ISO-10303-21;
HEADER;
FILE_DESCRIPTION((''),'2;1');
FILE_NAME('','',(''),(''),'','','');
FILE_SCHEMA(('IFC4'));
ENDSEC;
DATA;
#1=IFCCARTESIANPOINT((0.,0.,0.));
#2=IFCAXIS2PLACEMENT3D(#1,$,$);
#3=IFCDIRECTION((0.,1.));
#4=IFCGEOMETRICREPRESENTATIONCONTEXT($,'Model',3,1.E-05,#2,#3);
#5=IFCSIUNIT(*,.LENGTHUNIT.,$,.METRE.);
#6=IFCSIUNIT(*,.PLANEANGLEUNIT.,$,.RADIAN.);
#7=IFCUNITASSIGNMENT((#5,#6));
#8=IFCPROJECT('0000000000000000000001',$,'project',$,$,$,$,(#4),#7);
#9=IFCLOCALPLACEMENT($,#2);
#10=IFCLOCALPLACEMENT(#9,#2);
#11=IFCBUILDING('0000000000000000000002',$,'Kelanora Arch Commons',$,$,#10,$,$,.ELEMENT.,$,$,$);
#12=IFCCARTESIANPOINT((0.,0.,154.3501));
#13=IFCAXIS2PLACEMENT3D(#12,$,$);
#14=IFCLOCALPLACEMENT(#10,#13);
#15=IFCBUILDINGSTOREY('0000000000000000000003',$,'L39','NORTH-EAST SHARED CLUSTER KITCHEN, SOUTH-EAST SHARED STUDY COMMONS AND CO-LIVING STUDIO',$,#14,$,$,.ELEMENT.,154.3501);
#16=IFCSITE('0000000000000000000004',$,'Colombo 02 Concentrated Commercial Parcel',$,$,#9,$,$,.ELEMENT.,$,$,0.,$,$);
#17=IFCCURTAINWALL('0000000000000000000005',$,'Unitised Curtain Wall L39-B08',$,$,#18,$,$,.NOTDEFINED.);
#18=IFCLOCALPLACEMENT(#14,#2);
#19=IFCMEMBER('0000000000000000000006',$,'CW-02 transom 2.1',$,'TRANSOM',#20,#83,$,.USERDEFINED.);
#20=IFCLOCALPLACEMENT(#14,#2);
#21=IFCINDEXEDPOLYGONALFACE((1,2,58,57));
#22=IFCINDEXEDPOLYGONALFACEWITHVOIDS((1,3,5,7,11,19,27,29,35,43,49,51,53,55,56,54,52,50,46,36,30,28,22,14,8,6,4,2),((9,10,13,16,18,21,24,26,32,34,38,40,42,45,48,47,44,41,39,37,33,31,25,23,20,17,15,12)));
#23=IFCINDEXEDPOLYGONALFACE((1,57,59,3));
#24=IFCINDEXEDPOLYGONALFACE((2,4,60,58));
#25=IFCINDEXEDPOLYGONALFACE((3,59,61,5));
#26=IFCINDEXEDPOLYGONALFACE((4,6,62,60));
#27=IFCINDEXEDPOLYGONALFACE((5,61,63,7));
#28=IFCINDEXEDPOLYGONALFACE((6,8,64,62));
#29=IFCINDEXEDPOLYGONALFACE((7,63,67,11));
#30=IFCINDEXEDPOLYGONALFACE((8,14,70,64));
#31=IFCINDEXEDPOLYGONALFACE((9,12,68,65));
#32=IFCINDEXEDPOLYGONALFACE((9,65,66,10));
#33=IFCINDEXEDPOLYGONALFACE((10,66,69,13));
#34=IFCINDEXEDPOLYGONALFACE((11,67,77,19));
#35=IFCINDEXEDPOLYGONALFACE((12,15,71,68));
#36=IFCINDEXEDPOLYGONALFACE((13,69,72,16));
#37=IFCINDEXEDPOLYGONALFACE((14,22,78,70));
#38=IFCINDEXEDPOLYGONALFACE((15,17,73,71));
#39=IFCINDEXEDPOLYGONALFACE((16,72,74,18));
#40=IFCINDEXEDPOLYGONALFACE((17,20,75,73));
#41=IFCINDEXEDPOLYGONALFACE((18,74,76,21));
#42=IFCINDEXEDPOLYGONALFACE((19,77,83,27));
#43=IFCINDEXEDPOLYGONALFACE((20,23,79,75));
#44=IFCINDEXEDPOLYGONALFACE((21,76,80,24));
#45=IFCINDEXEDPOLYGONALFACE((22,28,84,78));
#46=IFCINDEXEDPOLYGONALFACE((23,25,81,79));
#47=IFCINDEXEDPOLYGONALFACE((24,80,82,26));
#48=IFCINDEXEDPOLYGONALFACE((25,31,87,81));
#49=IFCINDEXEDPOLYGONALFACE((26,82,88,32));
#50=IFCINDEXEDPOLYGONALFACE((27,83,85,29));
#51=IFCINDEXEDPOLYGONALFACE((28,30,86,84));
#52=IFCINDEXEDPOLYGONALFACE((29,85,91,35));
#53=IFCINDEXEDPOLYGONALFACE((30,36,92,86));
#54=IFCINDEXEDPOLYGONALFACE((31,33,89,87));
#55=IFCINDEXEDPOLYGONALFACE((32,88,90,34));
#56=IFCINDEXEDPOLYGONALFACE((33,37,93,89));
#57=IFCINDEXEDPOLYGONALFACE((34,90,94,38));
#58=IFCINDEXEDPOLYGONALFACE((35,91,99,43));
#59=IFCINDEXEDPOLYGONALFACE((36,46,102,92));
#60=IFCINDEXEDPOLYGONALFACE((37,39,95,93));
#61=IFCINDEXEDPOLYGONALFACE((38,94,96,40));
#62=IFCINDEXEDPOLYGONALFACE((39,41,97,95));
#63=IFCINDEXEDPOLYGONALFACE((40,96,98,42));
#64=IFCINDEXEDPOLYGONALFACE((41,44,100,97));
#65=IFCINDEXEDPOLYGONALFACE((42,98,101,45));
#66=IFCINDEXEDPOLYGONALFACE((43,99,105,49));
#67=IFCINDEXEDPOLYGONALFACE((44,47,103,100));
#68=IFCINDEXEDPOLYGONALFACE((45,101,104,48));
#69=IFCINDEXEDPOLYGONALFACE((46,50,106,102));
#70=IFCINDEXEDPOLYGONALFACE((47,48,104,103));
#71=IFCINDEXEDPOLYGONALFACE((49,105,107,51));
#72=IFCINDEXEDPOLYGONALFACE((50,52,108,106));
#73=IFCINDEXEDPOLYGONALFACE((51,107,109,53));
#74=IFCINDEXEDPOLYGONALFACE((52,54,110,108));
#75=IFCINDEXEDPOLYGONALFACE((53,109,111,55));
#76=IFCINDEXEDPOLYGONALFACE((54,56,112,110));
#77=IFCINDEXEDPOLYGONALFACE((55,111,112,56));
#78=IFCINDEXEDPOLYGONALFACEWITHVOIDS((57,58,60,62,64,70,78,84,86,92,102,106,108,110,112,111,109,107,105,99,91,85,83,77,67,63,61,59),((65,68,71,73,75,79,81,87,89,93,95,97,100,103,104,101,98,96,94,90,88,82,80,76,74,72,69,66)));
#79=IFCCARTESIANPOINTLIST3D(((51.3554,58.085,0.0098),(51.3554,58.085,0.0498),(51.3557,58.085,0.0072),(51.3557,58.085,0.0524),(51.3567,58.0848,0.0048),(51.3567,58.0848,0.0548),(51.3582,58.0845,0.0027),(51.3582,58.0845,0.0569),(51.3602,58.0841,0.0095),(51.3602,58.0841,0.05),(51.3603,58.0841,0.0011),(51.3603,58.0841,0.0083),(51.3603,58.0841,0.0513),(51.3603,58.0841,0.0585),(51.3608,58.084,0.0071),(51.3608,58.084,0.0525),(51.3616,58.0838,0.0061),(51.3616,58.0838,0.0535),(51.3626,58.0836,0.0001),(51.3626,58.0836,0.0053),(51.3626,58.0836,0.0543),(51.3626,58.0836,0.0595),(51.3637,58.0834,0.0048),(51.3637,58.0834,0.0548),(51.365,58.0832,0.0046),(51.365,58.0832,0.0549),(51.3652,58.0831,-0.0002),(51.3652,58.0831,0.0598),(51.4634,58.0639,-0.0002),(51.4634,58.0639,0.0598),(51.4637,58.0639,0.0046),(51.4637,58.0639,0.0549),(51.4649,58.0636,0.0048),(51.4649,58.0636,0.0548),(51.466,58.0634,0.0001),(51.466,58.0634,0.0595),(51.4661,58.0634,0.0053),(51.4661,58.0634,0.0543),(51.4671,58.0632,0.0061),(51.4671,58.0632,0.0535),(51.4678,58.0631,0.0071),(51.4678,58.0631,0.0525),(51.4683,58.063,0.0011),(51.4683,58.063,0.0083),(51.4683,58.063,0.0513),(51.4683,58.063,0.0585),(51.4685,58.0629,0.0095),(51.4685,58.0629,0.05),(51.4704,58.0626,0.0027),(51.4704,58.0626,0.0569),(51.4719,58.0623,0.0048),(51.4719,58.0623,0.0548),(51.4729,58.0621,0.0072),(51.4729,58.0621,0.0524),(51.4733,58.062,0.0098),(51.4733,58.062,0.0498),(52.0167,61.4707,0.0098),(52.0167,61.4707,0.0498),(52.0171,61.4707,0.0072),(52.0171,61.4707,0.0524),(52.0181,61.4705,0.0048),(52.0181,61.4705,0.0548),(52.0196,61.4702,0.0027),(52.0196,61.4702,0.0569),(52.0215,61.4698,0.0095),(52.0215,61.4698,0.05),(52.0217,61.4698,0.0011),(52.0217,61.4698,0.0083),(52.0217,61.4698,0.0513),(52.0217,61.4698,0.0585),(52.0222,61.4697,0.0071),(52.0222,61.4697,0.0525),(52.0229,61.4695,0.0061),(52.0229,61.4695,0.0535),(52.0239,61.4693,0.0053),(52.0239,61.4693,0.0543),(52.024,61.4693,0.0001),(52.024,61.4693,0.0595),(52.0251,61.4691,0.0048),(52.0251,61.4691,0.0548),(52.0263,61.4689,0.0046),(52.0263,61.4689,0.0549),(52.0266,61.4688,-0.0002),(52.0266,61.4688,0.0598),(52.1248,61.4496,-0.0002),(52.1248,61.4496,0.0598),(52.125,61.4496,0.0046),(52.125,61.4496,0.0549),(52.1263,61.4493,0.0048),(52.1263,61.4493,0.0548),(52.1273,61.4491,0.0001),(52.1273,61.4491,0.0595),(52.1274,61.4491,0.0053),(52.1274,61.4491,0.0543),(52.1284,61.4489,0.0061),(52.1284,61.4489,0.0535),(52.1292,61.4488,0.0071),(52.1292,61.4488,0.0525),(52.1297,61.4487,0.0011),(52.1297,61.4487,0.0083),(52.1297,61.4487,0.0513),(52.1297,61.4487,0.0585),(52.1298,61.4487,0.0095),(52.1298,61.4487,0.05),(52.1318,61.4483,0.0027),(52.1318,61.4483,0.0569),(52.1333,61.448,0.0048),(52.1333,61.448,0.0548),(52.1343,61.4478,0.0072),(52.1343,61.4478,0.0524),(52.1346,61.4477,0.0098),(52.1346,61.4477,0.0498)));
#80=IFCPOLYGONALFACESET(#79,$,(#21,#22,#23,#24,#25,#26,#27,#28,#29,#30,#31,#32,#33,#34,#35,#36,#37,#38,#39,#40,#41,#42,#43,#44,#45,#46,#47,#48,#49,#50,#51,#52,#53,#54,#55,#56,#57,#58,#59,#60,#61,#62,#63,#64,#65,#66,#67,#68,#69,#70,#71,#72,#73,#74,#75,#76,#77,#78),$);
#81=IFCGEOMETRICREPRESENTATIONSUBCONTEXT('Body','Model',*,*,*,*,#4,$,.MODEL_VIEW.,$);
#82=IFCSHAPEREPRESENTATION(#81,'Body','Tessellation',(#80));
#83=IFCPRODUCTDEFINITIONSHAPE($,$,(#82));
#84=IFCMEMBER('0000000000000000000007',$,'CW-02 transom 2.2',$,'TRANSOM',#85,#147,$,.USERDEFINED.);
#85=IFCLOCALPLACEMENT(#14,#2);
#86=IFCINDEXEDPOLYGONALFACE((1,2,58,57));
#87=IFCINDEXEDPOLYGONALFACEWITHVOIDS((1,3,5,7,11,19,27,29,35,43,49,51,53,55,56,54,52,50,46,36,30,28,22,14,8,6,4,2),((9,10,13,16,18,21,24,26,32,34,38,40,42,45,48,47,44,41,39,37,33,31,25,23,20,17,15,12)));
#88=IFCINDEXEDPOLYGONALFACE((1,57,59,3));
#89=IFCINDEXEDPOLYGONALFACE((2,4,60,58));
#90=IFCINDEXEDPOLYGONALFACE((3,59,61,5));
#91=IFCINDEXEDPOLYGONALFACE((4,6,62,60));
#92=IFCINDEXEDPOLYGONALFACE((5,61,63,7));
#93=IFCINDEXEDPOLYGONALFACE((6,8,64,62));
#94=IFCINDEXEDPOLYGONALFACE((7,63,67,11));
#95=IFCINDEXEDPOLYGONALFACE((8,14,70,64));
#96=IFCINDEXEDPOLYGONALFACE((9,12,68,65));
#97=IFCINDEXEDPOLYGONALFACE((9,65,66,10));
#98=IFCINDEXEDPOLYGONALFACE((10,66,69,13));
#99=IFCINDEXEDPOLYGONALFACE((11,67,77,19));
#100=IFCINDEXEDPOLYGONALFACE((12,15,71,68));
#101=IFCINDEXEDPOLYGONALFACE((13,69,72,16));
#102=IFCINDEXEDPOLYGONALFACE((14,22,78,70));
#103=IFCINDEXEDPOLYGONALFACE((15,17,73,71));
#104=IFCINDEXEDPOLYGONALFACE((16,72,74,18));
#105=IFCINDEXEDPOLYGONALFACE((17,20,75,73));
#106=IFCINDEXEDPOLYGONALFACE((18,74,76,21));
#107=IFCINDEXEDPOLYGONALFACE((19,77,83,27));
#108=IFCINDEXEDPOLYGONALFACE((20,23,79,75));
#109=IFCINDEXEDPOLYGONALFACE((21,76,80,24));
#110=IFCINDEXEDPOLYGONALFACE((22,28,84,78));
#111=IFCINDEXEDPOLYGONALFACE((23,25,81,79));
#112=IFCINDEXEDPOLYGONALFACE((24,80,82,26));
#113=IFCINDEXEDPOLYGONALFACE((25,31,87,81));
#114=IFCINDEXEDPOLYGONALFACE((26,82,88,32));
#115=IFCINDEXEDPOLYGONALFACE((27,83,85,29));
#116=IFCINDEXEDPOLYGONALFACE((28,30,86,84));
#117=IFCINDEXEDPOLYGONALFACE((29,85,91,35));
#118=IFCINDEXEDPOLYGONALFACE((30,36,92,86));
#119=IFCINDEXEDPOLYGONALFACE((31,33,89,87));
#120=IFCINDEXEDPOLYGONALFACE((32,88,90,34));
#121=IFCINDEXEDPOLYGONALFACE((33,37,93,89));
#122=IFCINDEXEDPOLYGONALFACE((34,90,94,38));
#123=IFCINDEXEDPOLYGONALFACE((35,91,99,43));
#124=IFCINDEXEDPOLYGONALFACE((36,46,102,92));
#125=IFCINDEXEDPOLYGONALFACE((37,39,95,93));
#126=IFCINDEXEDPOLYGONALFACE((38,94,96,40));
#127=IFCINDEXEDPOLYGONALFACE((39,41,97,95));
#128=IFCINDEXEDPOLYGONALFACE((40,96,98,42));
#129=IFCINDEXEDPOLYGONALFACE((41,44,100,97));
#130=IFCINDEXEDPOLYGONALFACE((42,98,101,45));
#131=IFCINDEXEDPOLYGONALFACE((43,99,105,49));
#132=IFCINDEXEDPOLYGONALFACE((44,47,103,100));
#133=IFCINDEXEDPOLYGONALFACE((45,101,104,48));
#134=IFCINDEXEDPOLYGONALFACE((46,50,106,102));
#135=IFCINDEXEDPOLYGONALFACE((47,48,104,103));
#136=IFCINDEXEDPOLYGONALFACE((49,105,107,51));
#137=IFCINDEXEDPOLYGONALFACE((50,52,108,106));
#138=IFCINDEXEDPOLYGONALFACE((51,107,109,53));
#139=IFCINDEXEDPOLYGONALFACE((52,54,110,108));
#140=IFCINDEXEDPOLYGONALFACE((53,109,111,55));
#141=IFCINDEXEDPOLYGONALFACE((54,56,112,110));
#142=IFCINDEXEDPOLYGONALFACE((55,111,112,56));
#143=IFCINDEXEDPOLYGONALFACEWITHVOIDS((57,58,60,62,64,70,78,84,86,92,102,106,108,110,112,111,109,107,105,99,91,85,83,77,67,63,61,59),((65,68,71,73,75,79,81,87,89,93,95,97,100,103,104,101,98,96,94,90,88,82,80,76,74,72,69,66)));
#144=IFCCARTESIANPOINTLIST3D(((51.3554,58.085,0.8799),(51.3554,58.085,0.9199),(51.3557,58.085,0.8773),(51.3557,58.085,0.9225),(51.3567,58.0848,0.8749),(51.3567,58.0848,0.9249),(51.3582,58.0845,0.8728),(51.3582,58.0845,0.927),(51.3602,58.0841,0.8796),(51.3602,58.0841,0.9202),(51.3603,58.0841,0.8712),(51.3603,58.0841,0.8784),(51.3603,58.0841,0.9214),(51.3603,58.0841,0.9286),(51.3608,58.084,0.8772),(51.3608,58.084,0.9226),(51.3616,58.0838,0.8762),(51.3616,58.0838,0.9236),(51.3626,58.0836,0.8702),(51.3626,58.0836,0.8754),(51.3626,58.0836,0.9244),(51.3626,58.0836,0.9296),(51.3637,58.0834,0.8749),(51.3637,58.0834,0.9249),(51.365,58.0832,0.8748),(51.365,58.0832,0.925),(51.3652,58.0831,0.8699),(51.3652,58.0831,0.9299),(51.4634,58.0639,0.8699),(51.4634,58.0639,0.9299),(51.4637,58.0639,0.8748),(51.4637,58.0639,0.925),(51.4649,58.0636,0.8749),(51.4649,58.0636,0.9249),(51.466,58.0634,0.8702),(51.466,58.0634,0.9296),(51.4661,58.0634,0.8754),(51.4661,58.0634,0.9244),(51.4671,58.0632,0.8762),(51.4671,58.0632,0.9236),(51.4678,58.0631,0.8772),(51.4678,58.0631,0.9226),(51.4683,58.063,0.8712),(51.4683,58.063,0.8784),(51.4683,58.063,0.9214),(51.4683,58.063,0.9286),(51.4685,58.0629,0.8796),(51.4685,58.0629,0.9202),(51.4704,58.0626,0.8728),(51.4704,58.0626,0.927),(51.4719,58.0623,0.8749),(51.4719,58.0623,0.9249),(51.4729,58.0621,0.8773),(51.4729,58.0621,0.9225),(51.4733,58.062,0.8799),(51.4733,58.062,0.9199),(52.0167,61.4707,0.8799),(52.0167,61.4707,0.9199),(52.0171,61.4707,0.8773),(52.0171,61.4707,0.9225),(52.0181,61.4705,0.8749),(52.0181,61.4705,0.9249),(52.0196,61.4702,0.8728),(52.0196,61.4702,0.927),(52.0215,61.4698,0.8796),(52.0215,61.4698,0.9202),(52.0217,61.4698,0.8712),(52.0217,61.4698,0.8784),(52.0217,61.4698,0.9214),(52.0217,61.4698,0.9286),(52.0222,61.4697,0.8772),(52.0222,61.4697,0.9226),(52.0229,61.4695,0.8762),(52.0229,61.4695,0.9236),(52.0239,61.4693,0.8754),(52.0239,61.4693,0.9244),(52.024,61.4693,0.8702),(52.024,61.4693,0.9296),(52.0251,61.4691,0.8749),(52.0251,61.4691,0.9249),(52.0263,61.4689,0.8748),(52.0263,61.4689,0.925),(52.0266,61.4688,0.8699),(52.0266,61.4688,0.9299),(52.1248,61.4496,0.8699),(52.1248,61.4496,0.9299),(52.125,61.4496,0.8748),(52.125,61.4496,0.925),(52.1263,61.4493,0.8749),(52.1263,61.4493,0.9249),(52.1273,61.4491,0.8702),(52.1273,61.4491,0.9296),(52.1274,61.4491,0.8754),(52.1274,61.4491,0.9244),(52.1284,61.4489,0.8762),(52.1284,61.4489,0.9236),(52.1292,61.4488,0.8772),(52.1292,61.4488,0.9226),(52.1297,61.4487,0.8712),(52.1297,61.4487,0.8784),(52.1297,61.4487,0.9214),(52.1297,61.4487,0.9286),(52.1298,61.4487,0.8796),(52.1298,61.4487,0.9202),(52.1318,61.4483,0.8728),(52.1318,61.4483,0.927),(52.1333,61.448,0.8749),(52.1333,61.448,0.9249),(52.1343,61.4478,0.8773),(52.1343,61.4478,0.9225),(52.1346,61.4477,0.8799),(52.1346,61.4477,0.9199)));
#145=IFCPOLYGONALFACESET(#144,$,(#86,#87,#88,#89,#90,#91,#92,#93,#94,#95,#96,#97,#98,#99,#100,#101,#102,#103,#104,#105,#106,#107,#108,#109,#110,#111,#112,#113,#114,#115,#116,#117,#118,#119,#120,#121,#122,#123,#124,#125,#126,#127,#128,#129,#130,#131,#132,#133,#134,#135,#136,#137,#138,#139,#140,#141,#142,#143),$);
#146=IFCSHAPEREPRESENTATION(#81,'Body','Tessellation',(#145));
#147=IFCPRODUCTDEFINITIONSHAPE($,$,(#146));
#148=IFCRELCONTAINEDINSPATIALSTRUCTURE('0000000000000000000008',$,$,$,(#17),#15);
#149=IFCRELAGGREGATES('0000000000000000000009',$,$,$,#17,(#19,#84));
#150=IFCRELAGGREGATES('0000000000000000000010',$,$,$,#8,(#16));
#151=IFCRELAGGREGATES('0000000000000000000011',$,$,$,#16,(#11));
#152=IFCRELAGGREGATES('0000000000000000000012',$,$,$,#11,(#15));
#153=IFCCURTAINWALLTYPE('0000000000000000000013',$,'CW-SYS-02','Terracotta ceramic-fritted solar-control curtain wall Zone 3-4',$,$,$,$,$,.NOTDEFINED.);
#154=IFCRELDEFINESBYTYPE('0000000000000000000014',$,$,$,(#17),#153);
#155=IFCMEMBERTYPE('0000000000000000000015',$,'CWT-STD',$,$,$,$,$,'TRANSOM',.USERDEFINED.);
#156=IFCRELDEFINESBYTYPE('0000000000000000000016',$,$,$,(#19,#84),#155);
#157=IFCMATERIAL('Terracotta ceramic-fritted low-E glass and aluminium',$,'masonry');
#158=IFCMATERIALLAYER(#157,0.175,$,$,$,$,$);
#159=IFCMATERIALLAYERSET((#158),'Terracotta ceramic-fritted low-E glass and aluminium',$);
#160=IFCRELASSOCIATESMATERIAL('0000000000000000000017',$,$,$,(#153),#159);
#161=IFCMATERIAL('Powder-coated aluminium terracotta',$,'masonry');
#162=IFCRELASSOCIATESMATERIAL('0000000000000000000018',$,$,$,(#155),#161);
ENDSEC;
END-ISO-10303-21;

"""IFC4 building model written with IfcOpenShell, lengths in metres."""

from ifc_helpers import new_model, si_unit, direction, frame, origin, origin_2d, place, context, subcontext, project, spatial, hollow_rectangle, extrude, material, layer, layer_set, material_profile, profile_set, type_object, element, aggregate, save


model = new_model("IFC4")

# Units and contexts
model_context = context("Model", 3, precision=1e-05, world=origin(), true_north=direction((0.0, 1.0)))
body_context = subcontext(model_context, "Body", "Model", "MODEL_VIEW")
ifc_project = project(units=[si_unit("LENGTHUNIT", "METRE"), si_unit("PLANEANGLEUNIT", "RADIAN")], contexts=[model_context])

# Site, building, storey
site_placement = place(None, origin())
site = spatial("IfcSite", under=ifc_project, at=site_placement, Name="Colombo 02 Concentrated Commercial Parcel", CompositionType="ELEMENT", RefElevation=0.0)
building_placement = place(site_placement, origin())
building = spatial("IfcBuilding", under=site, at=building_placement, Name="Kelanora Arch Commons", CompositionType="ELEMENT")
storey_placement = place(building_placement, frame((0.0, 0.0, 154.3501)))
storey = spatial("IfcBuildingStorey", under=building, at=storey_placement, Name="L39", Description="NORTH-EAST SHARED CLUSTER KITCHEN, SOUTH-EAST SHARED STUDY COMMONS AND CO-LIVING STUDIO", CompositionType="ELEMENT", Elevation=154.3501)

# Curtain wall, members
ifc_material_1 = material(Name="Terracotta ceramic-fritted low-E glass and aluminium", Category="masonry")
ifc_layer_1 = layer(ifc_material_1, 0.175)
ifc_layer_set_1 = layer_set([ifc_layer_1], Name="Terracotta ceramic-fritted low-E glass and aluminium")
curtain_wall_type = type_object("IfcCurtainWallType", Name="CW-SYS-02", Description="Terracotta ceramic-fritted solar-control curtain wall Zone 3-4", PredefinedType="NOTDEFINED", material=ifc_layer_set_1)
curtain_wall_placement = place(storey_placement, origin())
curtain_wall = element("IfcCurtainWall", 1, at=curtain_wall_placement, inside=storey, type_object=curtain_wall_type, Name="Unitised Curtain Wall L39-B08", PredefinedType="NOTDEFINED")
ifc_material_2 = material(Name="Powder-coated aluminium terracotta", Category="masonry")
ifc_material_profile_1 = material_profile(ifc_material_2, hollow_rectangle(XDim=0.1201, YDim=0.0601, WallThickness=0.0049, InnerFilletRadius=0.0049, OuterFilletRadius=0.01, at=origin_2d()), Name="CWT120x60")
ifc_profile_set_1 = profile_set([ifc_material_profile_1], Name="Powder-coated aluminium terracotta")
member_type_1 = type_object("IfcMemberType", Name="CWT-STD", ElementType="TRANSOM", PredefinedType="USERDEFINED", material=ifc_profile_set_1)
member_1_placement = place(storey_placement, frame((52.0757, 61.4592, 0.0298), z_axis=(-0.191718, -0.98145, 0.0), x_axis=(0.98145, -0.191718, 0.0)))
member_1 = element("IfcMember", 2, at=member_1_placement, type_object=member_type_1, Name="CW-02 transom 2.1", ObjectType="TRANSOM", PredefinedType="USERDEFINED", context=body_context, shape_type="SweptSolid", body=[
    extrude(hollow_rectangle(XDim=0.1201, YDim=0.0601, WallThickness=0.0049, InnerFilletRadius=0.0049, OuterFilletRadius=0.01, at=origin_2d()), origin(), (0.0, 0.0, 1.0), 3.4497),
])
member_2_placement = place(storey_placement, frame((52.0757, 61.4592, 0.8999), z_axis=(-0.191718, -0.98145, 0.0), x_axis=(0.98145, -0.191718, 0.0)))
member_2 = element("IfcMember", 3, at=member_2_placement, type_object=member_type_1, Name="CW-02 transom 2.2", ObjectType="TRANSOM", PredefinedType="USERDEFINED", context=body_context, shape_type="SweptSolid", body=[
    extrude(hollow_rectangle(XDim=0.1201, YDim=0.0601, WallThickness=0.0049, InnerFilletRadius=0.0049, OuterFilletRadius=0.01, at=origin_2d()), origin(), (0.0, 0.0, 1.0), 3.4497),
])
aggregate(curtain_wall, [member_1, member_2])

save(model, "model.ifc")
